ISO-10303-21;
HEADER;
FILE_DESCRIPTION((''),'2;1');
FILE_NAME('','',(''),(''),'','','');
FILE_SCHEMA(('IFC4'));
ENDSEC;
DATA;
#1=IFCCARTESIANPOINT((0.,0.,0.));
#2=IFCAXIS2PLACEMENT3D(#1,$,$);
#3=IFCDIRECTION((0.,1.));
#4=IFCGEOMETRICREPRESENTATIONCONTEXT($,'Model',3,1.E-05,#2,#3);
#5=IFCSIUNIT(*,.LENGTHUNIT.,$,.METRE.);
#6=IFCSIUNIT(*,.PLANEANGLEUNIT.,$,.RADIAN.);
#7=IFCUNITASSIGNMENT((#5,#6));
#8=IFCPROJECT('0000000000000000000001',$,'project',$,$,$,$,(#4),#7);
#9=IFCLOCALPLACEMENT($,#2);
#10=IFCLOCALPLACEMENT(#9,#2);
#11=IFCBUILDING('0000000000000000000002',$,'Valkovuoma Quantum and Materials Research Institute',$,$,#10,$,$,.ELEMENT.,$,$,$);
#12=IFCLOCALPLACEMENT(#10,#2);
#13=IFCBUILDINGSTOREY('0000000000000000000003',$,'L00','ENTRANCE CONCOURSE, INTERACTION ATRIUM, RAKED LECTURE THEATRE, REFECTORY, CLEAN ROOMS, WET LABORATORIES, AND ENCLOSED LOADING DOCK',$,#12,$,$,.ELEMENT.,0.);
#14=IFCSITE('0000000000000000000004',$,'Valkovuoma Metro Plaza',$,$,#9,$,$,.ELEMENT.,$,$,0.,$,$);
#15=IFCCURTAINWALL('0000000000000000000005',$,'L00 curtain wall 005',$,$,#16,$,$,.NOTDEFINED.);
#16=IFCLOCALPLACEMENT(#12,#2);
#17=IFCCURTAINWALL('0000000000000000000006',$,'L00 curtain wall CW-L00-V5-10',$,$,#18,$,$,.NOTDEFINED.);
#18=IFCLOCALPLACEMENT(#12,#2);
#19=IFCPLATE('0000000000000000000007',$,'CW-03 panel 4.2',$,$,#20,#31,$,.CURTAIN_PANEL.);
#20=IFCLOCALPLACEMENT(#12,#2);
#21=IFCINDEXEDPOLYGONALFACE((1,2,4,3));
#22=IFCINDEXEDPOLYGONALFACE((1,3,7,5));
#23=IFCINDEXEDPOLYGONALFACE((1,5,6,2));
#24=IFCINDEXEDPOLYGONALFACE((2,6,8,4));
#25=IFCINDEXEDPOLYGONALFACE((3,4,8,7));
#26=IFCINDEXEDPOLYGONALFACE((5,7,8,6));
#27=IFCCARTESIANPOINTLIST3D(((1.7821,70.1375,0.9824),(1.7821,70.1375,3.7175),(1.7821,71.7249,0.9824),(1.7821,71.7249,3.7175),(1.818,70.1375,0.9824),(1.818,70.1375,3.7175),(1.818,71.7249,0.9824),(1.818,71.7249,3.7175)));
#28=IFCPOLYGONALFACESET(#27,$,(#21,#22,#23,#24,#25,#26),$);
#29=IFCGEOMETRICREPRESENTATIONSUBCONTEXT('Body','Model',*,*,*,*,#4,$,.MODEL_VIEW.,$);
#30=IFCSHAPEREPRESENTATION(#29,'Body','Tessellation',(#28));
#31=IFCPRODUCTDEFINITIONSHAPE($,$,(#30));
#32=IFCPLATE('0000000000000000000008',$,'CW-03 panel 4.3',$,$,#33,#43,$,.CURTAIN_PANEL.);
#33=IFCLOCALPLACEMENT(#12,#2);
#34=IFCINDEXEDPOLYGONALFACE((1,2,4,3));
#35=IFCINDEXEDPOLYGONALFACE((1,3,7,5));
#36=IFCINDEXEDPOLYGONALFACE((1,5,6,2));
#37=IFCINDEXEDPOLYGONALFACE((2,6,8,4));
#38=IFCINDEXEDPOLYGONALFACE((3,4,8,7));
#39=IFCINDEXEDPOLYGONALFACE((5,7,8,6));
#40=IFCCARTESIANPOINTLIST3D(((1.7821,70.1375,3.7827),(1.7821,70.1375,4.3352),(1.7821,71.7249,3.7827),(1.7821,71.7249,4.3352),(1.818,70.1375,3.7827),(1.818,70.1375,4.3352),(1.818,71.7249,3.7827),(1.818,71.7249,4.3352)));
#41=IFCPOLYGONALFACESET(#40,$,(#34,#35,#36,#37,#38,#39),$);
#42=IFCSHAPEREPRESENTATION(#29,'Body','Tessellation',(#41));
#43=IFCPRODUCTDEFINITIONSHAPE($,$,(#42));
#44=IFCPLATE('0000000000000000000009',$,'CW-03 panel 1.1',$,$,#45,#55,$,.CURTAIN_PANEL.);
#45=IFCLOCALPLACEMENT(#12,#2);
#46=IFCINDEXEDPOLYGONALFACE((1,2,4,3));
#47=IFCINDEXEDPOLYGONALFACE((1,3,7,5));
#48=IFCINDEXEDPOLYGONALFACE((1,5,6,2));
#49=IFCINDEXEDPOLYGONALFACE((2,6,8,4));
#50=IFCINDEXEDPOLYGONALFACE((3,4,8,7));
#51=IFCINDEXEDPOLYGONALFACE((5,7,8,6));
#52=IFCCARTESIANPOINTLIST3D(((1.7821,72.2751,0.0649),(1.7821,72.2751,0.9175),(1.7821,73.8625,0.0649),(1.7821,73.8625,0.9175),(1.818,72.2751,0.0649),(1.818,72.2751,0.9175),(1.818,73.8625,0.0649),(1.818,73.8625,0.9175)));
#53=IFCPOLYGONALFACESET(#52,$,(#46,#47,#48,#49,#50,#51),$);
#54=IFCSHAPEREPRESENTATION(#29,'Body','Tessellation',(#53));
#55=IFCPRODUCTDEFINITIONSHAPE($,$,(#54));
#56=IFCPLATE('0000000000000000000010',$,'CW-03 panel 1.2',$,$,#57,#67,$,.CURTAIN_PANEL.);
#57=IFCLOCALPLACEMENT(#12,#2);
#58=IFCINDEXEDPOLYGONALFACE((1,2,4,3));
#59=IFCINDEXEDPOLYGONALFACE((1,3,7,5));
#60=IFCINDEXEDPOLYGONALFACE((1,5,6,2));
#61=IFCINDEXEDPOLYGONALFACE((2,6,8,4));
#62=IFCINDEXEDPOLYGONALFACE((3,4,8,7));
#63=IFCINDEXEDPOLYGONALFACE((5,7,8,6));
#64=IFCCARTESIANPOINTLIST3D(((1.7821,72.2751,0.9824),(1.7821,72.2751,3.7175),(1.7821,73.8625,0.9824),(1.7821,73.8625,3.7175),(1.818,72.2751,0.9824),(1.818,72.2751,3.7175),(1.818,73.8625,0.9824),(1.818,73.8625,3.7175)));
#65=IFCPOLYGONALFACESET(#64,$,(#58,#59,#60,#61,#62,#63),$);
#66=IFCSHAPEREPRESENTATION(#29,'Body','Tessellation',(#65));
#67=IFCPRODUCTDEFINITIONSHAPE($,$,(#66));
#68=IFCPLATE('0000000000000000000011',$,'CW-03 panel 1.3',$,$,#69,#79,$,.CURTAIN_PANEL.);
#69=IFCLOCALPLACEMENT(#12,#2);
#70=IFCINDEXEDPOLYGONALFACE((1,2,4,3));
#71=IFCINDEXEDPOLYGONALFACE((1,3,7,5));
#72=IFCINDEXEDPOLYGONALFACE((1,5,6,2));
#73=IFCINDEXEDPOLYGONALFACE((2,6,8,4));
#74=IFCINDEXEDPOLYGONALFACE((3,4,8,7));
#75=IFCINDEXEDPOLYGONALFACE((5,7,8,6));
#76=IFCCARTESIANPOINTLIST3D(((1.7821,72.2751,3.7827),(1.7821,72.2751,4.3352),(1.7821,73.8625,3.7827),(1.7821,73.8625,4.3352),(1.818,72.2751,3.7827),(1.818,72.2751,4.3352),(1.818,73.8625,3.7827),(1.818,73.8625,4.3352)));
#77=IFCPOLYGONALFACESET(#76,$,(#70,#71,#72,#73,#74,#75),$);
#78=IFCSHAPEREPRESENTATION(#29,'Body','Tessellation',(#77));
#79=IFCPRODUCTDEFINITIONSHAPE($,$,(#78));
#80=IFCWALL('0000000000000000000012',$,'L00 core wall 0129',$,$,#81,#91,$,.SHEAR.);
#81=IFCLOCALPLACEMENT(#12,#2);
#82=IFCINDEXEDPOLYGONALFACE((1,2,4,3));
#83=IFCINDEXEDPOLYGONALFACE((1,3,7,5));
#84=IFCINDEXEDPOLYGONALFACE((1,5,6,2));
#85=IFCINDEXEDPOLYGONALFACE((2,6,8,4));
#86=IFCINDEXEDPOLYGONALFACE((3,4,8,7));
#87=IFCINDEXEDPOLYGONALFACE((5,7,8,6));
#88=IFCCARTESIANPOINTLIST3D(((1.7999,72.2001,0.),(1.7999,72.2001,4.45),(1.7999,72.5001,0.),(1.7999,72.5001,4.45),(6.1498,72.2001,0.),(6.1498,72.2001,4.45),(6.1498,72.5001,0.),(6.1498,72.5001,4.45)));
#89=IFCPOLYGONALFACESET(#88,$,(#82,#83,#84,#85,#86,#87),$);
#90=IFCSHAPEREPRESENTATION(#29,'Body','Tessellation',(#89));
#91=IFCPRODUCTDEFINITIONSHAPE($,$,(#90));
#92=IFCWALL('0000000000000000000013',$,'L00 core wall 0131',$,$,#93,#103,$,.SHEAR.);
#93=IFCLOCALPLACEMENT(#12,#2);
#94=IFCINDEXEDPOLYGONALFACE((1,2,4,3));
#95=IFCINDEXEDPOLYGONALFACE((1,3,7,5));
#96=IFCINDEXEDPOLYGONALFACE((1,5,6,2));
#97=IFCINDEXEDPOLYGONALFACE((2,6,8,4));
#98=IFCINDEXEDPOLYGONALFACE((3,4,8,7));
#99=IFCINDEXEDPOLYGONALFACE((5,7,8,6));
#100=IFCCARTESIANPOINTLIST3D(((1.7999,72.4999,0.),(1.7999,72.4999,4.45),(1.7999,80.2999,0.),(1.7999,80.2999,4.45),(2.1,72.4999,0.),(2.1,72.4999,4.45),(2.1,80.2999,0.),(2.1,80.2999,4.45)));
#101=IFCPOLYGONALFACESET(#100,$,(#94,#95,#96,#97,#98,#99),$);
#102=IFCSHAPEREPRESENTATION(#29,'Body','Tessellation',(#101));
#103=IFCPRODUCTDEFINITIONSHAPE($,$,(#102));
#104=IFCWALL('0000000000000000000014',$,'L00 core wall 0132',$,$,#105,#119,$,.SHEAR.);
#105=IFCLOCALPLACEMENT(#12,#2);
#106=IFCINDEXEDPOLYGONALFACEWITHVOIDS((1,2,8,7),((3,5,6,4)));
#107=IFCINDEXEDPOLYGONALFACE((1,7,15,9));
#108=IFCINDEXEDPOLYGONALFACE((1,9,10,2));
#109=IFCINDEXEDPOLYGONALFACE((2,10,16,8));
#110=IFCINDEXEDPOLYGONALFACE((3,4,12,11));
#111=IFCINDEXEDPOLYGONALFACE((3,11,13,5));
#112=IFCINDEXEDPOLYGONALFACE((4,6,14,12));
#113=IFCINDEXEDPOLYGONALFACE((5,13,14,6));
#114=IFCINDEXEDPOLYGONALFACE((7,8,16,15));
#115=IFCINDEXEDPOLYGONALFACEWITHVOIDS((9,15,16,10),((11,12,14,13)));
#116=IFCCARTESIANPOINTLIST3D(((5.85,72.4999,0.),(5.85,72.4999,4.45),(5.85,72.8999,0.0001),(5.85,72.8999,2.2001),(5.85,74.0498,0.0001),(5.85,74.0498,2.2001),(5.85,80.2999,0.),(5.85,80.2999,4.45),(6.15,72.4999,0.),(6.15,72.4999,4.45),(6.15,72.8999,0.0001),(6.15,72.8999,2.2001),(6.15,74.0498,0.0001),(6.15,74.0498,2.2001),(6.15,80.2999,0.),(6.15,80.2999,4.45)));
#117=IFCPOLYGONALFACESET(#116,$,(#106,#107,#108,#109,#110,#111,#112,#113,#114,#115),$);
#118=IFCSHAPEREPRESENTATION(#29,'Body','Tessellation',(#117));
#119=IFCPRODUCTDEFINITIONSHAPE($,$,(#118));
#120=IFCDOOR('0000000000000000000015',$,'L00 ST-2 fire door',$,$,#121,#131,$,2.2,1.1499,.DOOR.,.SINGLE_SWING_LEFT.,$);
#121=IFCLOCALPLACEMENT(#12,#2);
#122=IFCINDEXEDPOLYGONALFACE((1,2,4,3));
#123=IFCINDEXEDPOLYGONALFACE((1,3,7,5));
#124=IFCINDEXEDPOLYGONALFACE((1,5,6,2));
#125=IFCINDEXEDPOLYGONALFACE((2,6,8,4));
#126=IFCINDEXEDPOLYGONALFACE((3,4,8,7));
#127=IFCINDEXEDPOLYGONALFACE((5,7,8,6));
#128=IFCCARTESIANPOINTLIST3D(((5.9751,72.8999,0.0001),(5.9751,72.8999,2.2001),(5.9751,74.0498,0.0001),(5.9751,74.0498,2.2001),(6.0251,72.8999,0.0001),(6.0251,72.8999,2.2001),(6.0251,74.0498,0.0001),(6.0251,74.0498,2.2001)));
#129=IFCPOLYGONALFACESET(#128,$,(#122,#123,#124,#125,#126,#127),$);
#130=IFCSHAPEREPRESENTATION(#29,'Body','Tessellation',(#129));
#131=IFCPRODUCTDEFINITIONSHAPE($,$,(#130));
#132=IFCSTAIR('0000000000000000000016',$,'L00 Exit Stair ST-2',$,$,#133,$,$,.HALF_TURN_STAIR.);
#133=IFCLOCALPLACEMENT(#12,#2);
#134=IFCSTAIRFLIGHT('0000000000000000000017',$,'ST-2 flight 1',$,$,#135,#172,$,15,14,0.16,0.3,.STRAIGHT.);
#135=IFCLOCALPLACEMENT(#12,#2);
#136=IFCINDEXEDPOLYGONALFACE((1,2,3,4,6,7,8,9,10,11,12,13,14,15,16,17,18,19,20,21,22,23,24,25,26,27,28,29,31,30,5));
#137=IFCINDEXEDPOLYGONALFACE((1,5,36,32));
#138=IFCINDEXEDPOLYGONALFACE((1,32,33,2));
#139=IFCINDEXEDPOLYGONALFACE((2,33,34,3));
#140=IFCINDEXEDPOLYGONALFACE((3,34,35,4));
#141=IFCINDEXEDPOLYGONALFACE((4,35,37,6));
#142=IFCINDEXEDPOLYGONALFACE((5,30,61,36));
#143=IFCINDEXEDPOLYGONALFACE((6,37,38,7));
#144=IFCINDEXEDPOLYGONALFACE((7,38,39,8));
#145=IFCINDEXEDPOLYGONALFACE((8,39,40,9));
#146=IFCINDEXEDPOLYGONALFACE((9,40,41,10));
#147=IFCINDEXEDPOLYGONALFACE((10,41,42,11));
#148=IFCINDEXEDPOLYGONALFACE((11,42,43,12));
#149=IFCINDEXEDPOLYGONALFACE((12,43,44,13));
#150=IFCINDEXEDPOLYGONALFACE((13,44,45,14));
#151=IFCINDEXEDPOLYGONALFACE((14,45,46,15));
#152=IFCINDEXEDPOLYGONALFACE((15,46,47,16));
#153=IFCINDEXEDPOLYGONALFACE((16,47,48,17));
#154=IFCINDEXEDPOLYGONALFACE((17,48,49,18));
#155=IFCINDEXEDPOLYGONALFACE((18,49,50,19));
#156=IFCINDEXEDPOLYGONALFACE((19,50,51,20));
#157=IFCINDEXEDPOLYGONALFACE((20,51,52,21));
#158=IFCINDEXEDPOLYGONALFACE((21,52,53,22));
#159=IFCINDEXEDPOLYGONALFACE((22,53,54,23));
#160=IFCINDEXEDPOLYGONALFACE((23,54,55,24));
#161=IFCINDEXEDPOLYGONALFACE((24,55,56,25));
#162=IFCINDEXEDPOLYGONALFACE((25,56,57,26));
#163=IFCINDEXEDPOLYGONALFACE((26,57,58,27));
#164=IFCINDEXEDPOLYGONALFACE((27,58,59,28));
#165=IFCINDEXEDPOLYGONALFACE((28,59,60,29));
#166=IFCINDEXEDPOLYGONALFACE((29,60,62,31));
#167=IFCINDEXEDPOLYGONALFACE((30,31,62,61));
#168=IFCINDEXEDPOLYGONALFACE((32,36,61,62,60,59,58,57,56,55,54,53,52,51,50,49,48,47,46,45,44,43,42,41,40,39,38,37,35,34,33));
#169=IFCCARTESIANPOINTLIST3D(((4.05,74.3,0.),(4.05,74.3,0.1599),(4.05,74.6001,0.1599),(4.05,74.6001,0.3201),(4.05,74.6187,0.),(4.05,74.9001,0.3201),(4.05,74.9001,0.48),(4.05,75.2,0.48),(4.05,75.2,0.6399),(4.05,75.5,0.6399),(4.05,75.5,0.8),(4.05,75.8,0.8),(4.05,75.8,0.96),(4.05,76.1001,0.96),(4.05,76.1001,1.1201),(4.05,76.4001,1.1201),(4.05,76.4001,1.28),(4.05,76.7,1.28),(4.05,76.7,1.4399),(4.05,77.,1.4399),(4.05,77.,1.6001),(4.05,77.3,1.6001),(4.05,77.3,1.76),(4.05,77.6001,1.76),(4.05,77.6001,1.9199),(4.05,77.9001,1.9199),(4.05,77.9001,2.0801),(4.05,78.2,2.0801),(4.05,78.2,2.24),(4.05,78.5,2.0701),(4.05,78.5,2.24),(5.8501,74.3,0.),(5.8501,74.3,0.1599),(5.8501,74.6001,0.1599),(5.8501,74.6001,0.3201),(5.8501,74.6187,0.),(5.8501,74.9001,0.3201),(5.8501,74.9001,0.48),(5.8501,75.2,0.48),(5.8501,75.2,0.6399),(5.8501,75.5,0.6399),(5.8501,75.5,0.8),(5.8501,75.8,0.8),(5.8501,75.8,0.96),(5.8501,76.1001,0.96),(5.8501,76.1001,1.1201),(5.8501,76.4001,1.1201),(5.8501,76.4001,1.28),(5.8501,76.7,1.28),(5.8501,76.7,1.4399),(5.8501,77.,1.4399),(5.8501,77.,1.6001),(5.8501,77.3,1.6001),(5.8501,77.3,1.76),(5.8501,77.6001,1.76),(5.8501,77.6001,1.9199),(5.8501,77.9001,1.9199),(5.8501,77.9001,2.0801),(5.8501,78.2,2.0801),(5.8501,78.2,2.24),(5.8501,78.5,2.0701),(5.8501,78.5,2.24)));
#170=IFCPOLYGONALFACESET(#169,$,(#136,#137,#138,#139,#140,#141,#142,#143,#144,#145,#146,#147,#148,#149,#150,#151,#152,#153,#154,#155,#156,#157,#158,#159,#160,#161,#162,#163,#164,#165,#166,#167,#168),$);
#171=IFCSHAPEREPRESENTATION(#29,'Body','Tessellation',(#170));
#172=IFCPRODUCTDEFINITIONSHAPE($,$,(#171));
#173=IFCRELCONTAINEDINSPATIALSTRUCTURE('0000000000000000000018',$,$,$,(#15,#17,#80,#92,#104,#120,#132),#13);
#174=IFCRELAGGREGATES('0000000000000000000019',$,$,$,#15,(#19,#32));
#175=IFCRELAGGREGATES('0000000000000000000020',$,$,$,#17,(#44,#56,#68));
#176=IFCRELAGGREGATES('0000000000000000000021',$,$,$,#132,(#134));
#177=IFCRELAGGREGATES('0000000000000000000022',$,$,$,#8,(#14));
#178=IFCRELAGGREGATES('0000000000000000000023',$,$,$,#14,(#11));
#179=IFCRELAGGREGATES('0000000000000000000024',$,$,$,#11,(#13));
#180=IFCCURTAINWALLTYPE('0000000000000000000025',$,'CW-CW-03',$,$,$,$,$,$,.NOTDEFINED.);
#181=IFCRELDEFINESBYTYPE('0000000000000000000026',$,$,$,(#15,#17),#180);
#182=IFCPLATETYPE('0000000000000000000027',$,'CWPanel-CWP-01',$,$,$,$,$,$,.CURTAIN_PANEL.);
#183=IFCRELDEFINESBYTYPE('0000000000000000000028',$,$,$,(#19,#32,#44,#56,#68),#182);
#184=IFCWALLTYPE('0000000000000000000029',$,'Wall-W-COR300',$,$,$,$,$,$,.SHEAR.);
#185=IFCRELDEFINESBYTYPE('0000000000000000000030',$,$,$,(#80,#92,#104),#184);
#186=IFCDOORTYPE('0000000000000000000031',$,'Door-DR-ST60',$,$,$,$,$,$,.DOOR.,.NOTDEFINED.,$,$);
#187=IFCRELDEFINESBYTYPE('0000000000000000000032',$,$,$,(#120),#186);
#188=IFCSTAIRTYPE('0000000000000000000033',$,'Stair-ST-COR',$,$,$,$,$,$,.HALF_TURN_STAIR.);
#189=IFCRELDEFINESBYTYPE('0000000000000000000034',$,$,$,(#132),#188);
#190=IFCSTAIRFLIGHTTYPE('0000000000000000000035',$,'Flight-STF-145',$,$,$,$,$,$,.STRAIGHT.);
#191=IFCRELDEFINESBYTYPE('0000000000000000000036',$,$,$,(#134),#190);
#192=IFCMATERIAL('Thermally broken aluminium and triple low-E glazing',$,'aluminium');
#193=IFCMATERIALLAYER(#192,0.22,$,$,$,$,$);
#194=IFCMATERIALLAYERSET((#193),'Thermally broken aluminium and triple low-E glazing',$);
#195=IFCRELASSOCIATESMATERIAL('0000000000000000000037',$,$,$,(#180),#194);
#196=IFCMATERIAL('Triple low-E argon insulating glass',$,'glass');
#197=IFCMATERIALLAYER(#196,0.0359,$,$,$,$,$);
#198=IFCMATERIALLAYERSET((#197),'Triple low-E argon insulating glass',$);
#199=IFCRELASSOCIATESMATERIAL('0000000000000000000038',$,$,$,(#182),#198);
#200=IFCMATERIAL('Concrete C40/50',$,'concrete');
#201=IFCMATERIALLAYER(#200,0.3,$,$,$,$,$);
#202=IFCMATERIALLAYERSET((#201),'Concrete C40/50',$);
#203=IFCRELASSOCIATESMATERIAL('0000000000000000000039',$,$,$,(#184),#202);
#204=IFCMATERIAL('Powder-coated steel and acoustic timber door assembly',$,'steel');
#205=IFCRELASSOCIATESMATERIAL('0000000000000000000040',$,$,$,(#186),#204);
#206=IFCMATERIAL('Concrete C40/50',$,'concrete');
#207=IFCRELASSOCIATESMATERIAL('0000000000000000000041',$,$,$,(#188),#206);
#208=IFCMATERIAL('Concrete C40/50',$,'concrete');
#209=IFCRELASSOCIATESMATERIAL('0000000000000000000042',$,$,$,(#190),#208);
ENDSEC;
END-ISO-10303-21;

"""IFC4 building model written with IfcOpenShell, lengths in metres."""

from ifc_helpers import new_model, si_unit, direction, frame, frame_2d, origin, origin_2d, place, context, subcontext, project, spatial, polyline, rectangle, outline, extrude, material, layer, layer_set, type_object, element, fill, aggregate, save


model = new_model("IFC4")

# Units and contexts
model_context = context("Model", 3, precision=1e-05, world=origin(), true_north=direction((0.0, 1.0)))
body_context = subcontext(model_context, "Body", "Model", "MODEL_VIEW")
ifc_project = project(units=[si_unit("LENGTHUNIT", "METRE"), si_unit("PLANEANGLEUNIT", "RADIAN")], contexts=[model_context])

# Site, building, storey
site_placement = place(None, origin())
site = spatial("IfcSite", under=ifc_project, at=site_placement, Name="Valkovuoma Metro Plaza", CompositionType="ELEMENT", RefElevation=0.0)
building_placement = place(site_placement, origin())
building = spatial("IfcBuilding", under=site, at=building_placement, Name="Valkovuoma Quantum and Materials Research Institute", CompositionType="ELEMENT")
storey_placement = place(building_placement, origin())
storey = spatial("IfcBuildingStorey", under=building, at=storey_placement, Name="L00", Description="ENTRANCE CONCOURSE, INTERACTION ATRIUM, RAKED LECTURE THEATRE, REFECTORY, CLEAN ROOMS, WET LABORATORIES, AND ENCLOSED LOADING DOCK", CompositionType="ELEMENT", Elevation=0.0)

# Curtain wall
ifc_material_1 = material(Name="Thermally broken aluminium and triple low-E glazing", Category="aluminium")
ifc_layer_1 = layer(ifc_material_1, 0.22)
ifc_layer_set_1 = layer_set([ifc_layer_1], Name="Thermally broken aluminium and triple low-E glazing")
curtain_wall_type = type_object("IfcCurtainWallType", Name="CW-CW-03", PredefinedType="NOTDEFINED", material=ifc_layer_set_1)
curtain_wall_1_placement = place(storey_placement, origin())
curtain_wall_1 = element("IfcCurtainWall", 1, at=curtain_wall_1_placement, inside=storey, type_object=curtain_wall_type, Name="L00 curtain wall 005", PredefinedType="NOTDEFINED")

# Curtain wall
curtain_wall_2_placement = place(storey_placement, origin())
curtain_wall_2 = element("IfcCurtainWall", 2, at=curtain_wall_2_placement, inside=storey, type_object=curtain_wall_type, Name="L00 curtain wall CW-L00-V5-10", PredefinedType="NOTDEFINED")

# Plates
ifc_material_2 = material(Name="Triple low-E argon insulating glass", Category="glass")
ifc_layer_2 = layer(ifc_material_2, 0.0359)
ifc_layer_set_2 = layer_set([ifc_layer_2], Name="Triple low-E argon insulating glass")
plate_type = type_object("IfcPlateType", Name="CWPanel-CWP-01", PredefinedType="CURTAIN_PANEL", material=ifc_layer_set_2)
plate_1_placement = place(storey_placement, frame((1.8, 70.9312, 0.9824), z_axis=(0.0, 0.0, 1.0), x_axis=(0.0, 1.0, 0.0)))
plate_1 = element("IfcPlate", 3, at=plate_1_placement, type_object=plate_type, Name="CW-03 panel 4.2", PredefinedType="CURTAIN_PANEL", context=body_context, shape_type="SweptSolid", body=[
    extrude(rectangle(XDim=1.5874, YDim=0.0359, at=origin_2d()), origin(), (0.0, 0.0, 1.0), 2.7351),
])
plate_2_placement = place(storey_placement, frame((1.8, 70.9312, 3.7827), z_axis=(0.0, 0.0, 1.0), x_axis=(0.0, 1.0, 0.0)))
plate_2 = element("IfcPlate", 4, at=plate_2_placement, type_object=plate_type, Name="CW-03 panel 4.3", PredefinedType="CURTAIN_PANEL", context=body_context, shape_type="SweptSolid", body=[
    extrude(rectangle(XDim=1.5874, YDim=0.0359, at=origin_2d()), origin(), (0.0, 0.0, 1.0), 0.5525),
])
aggregate(curtain_wall_1, [plate_1, plate_2])
plate_3_placement = place(storey_placement, frame((1.8, 73.0688, 0.0649), z_axis=(0.0, 0.0, 1.0), x_axis=(0.0, 1.0, 0.0)))
plate_3 = element("IfcPlate", 5, at=plate_3_placement, type_object=plate_type, Name="CW-03 panel 1.1", PredefinedType="CURTAIN_PANEL", context=body_context, shape_type="SweptSolid", body=[
    extrude(rectangle(XDim=1.5874, YDim=0.0359, at=origin_2d()), origin(), (0.0, 0.0, 1.0), 0.8525),
])
plate_4_placement = place(storey_placement, frame((1.8, 73.0688, 0.9824), z_axis=(0.0, 0.0, 1.0), x_axis=(0.0, 1.0, 0.0)))
plate_4 = element("IfcPlate", 6, at=plate_4_placement, type_object=plate_type, Name="CW-03 panel 1.2", PredefinedType="CURTAIN_PANEL", context=body_context, shape_type="SweptSolid", body=[
    extrude(rectangle(XDim=1.5874, YDim=0.0359, at=origin_2d()), origin(), (0.0, 0.0, 1.0), 2.7351),
])
plate_5_placement = place(storey_placement, frame((1.8, 73.0688, 3.7827), z_axis=(0.0, 0.0, 1.0), x_axis=(0.0, 1.0, 0.0)))
plate_5 = element("IfcPlate", 7, at=plate_5_placement, type_object=plate_type, Name="CW-03 panel 1.3", PredefinedType="CURTAIN_PANEL", context=body_context, shape_type="SweptSolid", body=[
    extrude(rectangle(XDim=1.5874, YDim=0.0359, at=origin_2d()), origin(), (0.0, 0.0, 1.0), 0.5525),
])
aggregate(curtain_wall_2, [plate_3, plate_4, plate_5])

# Walls
ifc_material_3 = material(Name="Concrete C40/50", Category="concrete")
ifc_layer_3 = layer(ifc_material_3, 0.3)
ifc_layer_set_3 = layer_set([ifc_layer_3], Name="Concrete C40/50")
wall_type = type_object("IfcWallType", Name="Wall-W-COR300", PredefinedType="SHEAR", material=ifc_layer_set_3)
wall_1_placement = place(storey_placement, frame((1.8, 72.3501, 0.0), z_axis=(0.0, 0.0, 1.0), x_axis=(1.0, 0.0, 0.0)))
element("IfcWall", 8, at=wall_1_placement, inside=storey, type_object=wall_type, Name="L00 core wall 0129", PredefinedType="SHEAR", context=body_context, shape_type="SweptSolid", body=[
    extrude(rectangle(XDim=4.3499, YDim=0.3, at=frame_2d((2.1748, 0.0))), origin(), (0.0, 0.0, 1.0), 4.45),
])
wall_2_placement = place(storey_placement, frame((1.95, 72.5, 0.0), z_axis=(0.0, 0.0, 1.0), x_axis=(0.0, 1.0, 0.0)))
element("IfcWall", 9, at=wall_2_placement, inside=storey, type_object=wall_type, Name="L00 core wall 0131", PredefinedType="SHEAR", context=body_context, shape_type="SweptSolid", body=[
    extrude(rectangle(XDim=7.8, YDim=0.3, at=frame_2d((3.8999, 0.0))), origin(), (0.0, 0.0, 1.0), 4.45),
])

# Wall, opening, door
wall_3_placement = place(storey_placement, frame((6.0, 72.5, 0.0), z_axis=(0.0, 0.0, 1.0), x_axis=(0.0, 1.0, 0.0)))
wall_3 = element("IfcWall", 10, at=wall_3_placement, inside=storey, type_object=wall_type, Name="L00 core wall 0132", PredefinedType="SHEAR", context=body_context, shape_type="SweptSolid", body=[
    extrude(rectangle(XDim=7.8, YDim=0.3, at=frame_2d((3.8999, 0.0))), origin(), (0.0, 0.0, 1.0), 4.45),
])
opening_placement = place(wall_3_placement, frame((0.3999, 0.0, 0.0)))
opening = element("IfcOpeningElement", 11, at=opening_placement, cuts=wall_3, PredefinedType="OPENING", context=body_context, shape_type="SweptSolid", body=[
    extrude(rectangle(XDim=1.1499, YDim=2.2, at=frame_2d((0.575, 1.1001))), frame((0.0, 0.1602, 0.0), z_axis=(0.0, -1.0, 0.0), x_axis=(1.0, 0.0, 0.0)), (0.0, 0.0, 1.0), 0.3201),
])
ifc_material_4 = material(Name="Powder-coated steel and acoustic timber door assembly", Category="steel")
door_type = type_object("IfcDoorType", Name="Door-DR-ST60", OperationType="NOTDEFINED", PredefinedType="DOOR", material=ifc_material_4)
door_placement = place(opening_placement, origin())
door = element("IfcDoor", 12, at=door_placement, inside=storey, type_object=door_type, Name="L00 ST-2 fire door", OperationType="SINGLE_SWING_LEFT", OverallHeight=2.2, OverallWidth=1.1499, PredefinedType="DOOR", context=body_context, shape_type="SweptSolid", body=[
    extrude(rectangle(XDim=1.1499, YDim=2.2, at=frame_2d((0.575, 1.1001))), frame((0.0, 0.0249, 0.0), z_axis=(0.0, -1.0, 0.0), x_axis=(1.0, 0.0, 0.0)), (0.0, 0.0, 1.0), 0.05),
])
fill(opening, door)

# Stair, stair flight
ifc_material_5 = material(Name="Concrete C40/50", Category="concrete")
stair_type = type_object("IfcStairType", Name="Stair-ST-COR", PredefinedType="HALF_TURN_STAIR", material=ifc_material_5)
stair_placement = place(storey_placement, origin())
stair = element("IfcStair", 13, at=stair_placement, inside=storey, type_object=stair_type, Name="L00 Exit Stair ST-2", PredefinedType="HALF_TURN_STAIR")
ifc_material_6 = material(Name="Concrete C40/50", Category="concrete")
stair_flight_type = type_object("IfcStairFlightType", Name="Flight-STF-145", PredefinedType="STRAIGHT", material=ifc_material_6)
stair_flight_placement = place(storey_placement, frame((4.95, 74.3, 0.0), z_axis=(0.0, 0.0, 1.0), x_axis=(0.0, 1.0, 0.0)))
stair_flight = element("IfcStairFlight", 14, at=stair_flight_placement, type_object=stair_flight_type, Name="ST-2 flight 1", NumberOfRisers=15, NumberOfTreads=14, PredefinedType="STRAIGHT", RiserHeight=0.16, TreadLength=0.3, context=body_context, shape_type="SweptSolid", body=[
    extrude(outline(polyline([(0.0, 0.0), (0.0, 0.1599), (0.3, 0.1599), (0.3, 0.3201), (0.6001, 0.3201), (0.6001, 0.48), (0.8999, 0.48), (0.8999, 0.6399), (1.2, 0.6399), (1.2, 0.8), (1.5, 0.8), (1.5, 0.96), (1.8, 0.96), (1.8, 1.1201), (2.1001, 1.1201), (2.1001, 1.28), (2.3999, 1.28), (2.3999, 1.4399), (2.7, 1.4399), (2.7, 1.6001), (3.0, 1.6001), (3.0, 1.76), (3.3, 1.76), (3.3, 1.9199), (3.6001, 1.9199), (3.6001, 2.0801), (3.8999, 2.0801), (3.8999, 2.24), (4.2, 2.24), (4.2, 2.3999), (4.2, 2.0701), (0.3186, 0.0), (0.0, 0.0)])), frame((0.0, 0.8999, 0.0), z_axis=(0.0, -1.0, 0.0), x_axis=(1.0, 0.0, 0.0)), (0.0, 0.0, 1.0), 1.8),
])
aggregate(stair, [stair_flight])

save(model, "model.ifc")
